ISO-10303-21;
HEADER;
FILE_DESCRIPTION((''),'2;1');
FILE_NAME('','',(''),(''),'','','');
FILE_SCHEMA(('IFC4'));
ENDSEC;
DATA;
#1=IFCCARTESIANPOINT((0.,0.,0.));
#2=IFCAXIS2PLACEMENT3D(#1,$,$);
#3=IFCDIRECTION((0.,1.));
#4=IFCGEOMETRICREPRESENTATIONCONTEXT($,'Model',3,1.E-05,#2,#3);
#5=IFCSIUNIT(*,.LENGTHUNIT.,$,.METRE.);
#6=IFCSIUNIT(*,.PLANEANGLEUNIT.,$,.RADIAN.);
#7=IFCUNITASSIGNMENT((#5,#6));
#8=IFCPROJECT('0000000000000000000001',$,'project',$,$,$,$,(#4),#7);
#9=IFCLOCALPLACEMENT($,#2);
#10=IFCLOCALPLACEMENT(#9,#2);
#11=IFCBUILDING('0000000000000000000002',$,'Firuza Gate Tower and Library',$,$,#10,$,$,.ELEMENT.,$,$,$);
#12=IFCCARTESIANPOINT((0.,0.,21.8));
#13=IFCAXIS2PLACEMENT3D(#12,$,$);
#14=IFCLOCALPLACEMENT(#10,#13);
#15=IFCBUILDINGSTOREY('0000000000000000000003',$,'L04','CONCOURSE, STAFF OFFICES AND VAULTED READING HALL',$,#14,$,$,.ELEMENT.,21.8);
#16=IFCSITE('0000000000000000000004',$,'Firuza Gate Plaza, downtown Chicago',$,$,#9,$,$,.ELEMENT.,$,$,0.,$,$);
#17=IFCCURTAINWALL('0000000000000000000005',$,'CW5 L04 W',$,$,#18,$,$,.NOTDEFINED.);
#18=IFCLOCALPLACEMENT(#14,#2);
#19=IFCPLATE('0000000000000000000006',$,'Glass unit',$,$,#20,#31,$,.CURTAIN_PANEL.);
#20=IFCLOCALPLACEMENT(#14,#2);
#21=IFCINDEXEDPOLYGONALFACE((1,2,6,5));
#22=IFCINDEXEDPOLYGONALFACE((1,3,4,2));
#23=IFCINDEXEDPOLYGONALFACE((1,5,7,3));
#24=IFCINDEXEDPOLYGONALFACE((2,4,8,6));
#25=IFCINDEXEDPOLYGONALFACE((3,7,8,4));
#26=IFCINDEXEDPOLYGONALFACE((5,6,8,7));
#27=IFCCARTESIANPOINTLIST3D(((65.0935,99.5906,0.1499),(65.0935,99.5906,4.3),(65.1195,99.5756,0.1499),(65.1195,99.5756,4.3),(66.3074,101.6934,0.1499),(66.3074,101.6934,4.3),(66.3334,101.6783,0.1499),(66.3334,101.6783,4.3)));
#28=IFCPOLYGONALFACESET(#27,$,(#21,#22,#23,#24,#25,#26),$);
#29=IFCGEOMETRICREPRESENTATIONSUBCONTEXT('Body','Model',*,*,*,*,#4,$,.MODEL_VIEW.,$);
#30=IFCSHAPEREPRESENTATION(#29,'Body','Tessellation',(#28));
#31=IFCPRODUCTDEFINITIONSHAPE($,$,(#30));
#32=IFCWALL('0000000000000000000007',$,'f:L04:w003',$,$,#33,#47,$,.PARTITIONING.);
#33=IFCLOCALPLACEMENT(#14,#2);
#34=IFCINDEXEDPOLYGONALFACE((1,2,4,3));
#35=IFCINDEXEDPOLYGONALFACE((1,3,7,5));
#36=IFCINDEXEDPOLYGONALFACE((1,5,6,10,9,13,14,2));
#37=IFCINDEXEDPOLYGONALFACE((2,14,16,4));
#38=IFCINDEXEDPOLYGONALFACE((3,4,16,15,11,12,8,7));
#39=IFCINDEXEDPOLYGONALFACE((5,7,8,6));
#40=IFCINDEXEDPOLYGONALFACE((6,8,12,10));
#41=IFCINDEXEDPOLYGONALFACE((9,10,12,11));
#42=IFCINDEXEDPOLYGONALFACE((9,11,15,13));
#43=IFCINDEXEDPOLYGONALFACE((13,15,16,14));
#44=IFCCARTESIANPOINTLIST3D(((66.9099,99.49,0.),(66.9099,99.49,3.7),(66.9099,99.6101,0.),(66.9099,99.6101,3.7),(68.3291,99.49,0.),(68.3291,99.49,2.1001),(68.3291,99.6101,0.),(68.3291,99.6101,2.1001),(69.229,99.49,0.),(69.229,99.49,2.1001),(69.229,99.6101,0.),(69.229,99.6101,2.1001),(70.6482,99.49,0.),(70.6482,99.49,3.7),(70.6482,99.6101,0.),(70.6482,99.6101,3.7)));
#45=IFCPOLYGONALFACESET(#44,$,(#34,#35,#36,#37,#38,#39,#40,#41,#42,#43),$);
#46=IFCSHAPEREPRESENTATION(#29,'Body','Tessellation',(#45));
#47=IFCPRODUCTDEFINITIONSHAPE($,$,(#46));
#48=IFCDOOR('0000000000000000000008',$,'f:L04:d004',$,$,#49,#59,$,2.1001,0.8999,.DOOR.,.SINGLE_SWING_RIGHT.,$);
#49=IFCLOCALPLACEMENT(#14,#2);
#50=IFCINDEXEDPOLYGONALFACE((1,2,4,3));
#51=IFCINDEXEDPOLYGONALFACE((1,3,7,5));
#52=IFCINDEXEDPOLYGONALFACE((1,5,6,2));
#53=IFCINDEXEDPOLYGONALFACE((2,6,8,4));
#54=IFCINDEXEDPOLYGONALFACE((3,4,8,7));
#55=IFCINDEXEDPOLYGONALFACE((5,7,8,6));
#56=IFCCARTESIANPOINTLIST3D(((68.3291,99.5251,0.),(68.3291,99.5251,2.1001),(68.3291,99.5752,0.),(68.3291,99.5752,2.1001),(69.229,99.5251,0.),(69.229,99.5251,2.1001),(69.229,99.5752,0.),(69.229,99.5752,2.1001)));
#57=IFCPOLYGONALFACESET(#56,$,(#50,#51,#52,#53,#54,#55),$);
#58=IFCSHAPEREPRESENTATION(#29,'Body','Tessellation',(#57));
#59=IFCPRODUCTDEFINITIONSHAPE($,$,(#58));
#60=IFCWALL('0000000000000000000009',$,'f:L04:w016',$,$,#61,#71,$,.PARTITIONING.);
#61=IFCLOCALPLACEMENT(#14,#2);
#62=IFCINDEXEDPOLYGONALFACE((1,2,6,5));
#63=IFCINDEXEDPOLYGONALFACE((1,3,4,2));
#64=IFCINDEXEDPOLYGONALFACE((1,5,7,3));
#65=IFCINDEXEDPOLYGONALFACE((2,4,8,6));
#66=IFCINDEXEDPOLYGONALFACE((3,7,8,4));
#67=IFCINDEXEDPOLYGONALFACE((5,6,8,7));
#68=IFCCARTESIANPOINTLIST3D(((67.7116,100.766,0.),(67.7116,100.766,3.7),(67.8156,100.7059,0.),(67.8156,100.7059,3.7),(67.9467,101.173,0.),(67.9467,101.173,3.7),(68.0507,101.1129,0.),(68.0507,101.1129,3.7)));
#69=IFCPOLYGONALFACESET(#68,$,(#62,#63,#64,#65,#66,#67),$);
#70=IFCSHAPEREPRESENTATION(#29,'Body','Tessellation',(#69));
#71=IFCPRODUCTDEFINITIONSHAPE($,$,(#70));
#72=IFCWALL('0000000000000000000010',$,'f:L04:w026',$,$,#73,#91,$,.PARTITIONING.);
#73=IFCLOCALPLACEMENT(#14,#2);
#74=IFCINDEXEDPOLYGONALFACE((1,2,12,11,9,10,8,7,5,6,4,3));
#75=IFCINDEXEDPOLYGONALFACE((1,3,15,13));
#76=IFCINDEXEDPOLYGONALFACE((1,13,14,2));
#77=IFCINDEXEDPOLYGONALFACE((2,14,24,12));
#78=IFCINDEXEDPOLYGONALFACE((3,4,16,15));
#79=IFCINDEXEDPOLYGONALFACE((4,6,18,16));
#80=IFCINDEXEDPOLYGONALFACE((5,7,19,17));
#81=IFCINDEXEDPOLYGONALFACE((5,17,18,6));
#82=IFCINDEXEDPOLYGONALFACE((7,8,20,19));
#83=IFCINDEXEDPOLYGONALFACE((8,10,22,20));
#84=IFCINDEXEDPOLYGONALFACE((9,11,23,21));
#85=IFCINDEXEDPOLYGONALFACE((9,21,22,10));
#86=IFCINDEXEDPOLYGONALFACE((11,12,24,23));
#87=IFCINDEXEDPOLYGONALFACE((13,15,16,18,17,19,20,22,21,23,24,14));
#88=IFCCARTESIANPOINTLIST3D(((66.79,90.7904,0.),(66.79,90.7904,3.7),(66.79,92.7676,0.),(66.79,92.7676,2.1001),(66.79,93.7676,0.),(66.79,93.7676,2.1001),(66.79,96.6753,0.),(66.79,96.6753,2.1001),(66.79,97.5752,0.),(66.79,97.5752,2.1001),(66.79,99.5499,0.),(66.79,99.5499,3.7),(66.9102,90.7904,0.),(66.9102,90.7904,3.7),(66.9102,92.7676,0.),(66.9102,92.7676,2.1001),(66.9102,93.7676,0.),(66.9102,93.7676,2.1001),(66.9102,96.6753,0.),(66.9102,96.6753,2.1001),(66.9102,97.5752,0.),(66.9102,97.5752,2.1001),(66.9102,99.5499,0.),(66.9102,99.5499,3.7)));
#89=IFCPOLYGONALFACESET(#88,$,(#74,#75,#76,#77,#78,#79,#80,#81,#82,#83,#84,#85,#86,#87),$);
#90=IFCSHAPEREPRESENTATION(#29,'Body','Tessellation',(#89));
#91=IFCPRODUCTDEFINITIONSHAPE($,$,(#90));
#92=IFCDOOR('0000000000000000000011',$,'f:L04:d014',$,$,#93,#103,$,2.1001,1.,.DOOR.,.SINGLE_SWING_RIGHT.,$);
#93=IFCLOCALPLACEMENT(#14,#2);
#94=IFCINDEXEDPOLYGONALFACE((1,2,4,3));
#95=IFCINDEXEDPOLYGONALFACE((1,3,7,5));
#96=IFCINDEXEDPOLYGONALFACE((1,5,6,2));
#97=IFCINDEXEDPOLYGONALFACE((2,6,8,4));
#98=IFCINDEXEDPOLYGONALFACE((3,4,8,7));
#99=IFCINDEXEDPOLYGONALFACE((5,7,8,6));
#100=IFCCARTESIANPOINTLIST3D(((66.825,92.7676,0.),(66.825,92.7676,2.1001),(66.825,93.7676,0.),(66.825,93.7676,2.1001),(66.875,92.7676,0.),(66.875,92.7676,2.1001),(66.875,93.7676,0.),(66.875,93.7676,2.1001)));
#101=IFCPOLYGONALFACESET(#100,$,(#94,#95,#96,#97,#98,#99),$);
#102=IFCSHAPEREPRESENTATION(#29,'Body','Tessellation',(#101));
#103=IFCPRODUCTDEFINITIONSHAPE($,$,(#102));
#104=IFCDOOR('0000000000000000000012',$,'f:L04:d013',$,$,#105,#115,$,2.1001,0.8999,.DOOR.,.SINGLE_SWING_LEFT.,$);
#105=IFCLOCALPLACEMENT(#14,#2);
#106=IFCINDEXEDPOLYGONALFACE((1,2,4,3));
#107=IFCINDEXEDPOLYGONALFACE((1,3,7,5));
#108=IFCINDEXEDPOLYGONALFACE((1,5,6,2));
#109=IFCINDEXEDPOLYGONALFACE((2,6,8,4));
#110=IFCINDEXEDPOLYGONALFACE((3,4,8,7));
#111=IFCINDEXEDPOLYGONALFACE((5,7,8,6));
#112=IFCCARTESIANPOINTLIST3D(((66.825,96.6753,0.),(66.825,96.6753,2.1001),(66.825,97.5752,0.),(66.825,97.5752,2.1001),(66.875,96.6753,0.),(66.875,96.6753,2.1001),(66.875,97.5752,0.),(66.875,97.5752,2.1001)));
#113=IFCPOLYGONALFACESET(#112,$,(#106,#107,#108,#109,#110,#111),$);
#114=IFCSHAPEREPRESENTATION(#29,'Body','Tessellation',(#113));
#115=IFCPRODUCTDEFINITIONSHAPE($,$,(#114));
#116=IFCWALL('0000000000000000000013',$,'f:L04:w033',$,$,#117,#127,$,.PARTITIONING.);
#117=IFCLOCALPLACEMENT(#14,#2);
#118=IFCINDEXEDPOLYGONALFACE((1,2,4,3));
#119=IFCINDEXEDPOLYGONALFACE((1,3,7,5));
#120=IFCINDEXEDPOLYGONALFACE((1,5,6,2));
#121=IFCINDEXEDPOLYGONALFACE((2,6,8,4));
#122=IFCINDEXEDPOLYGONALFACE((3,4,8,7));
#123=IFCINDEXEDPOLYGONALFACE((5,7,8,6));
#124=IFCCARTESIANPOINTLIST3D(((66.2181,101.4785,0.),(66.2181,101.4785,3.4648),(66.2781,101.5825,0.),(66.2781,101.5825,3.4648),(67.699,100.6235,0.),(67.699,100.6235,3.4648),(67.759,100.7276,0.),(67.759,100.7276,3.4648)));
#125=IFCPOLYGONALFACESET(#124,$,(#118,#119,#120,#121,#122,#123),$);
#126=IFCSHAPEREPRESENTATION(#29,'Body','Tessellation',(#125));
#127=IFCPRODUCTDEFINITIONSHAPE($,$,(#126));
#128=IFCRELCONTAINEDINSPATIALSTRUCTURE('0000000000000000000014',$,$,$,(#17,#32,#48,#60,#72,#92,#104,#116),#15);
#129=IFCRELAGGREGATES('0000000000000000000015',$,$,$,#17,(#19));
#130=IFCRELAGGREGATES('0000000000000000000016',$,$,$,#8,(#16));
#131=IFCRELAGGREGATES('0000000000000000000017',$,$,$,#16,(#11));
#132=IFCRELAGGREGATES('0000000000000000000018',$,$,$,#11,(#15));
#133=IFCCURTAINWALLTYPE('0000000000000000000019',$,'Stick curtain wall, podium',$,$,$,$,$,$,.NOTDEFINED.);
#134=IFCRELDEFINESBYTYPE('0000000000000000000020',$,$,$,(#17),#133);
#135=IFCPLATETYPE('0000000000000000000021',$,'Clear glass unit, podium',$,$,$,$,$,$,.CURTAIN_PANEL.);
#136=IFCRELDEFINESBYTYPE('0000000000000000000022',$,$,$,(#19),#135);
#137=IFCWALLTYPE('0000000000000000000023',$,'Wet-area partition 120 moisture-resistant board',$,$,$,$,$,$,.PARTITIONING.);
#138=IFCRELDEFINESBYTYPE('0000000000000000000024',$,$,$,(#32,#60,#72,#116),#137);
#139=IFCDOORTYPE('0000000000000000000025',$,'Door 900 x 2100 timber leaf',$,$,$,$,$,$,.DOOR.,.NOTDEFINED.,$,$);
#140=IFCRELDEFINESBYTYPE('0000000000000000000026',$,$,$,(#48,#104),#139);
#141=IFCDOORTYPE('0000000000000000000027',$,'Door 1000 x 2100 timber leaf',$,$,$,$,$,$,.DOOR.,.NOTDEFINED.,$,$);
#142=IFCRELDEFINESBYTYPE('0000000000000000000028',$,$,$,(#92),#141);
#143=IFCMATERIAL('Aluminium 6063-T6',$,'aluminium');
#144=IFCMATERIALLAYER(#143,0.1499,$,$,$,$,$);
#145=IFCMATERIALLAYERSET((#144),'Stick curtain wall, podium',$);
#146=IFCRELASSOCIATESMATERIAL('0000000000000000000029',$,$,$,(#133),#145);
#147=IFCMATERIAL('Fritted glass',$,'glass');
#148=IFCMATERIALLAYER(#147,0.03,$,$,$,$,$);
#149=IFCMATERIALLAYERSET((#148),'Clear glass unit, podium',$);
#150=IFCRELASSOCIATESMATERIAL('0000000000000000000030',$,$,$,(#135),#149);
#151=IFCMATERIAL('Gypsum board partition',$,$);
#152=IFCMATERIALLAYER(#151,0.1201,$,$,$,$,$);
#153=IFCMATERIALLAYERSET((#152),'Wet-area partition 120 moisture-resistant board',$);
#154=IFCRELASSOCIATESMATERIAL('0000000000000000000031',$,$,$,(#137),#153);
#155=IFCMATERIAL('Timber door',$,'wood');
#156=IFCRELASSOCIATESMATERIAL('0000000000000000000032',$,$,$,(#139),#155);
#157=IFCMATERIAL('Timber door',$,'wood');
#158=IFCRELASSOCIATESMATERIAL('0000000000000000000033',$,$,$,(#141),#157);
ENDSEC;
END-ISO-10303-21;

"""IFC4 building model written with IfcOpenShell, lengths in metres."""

from ifc_helpers import new_model, si_unit, direction, frame, frame_2d, origin, place, context, subcontext, project, spatial, polyline, rectangle, outline, extrude, material, layer, layer_set, type_object, element, fill, aggregate, save


model = new_model("IFC4")

# Units and contexts
model_context = context("Model", 3, precision=1e-05, world=origin(), true_north=direction((0.0, 1.0)))
body_context = subcontext(model_context, "Body", "Model", "MODEL_VIEW")
ifc_project = project(units=[si_unit("LENGTHUNIT", "METRE"), si_unit("PLANEANGLEUNIT", "RADIAN")], contexts=[model_context])

# Site, building, storey
site_placement = place(None, origin())
site = spatial("IfcSite", under=ifc_project, at=site_placement, Name="Firuza Gate Plaza, downtown Chicago", CompositionType="ELEMENT", RefElevation=0.0)
building_placement = place(site_placement, origin())
building = spatial("IfcBuilding", under=site, at=building_placement, Name="Firuza Gate Tower and Library", CompositionType="ELEMENT")
storey_placement = place(building_placement, frame((0.0, 0.0, 21.8)))
storey = spatial("IfcBuildingStorey", under=building, at=storey_placement, Name="L04", Description="CONCOURSE, STAFF OFFICES AND VAULTED READING HALL", CompositionType="ELEMENT", Elevation=21.8)

# Curtain wall
ifc_material_1 = material(Name="Aluminium 6063-T6", Category="aluminium")
ifc_layer_1 = layer(ifc_material_1, 0.1499)
ifc_layer_set_1 = layer_set([ifc_layer_1], Name="Stick curtain wall, podium")
curtain_wall_type = type_object("IfcCurtainWallType", Name="Stick curtain wall, podium", PredefinedType="NOTDEFINED", material=ifc_layer_set_1)
curtain_wall_placement = place(storey_placement, origin())
curtain_wall = element("IfcCurtainWall", 1, at=curtain_wall_placement, inside=storey, type_object=curtain_wall_type, Name="CW5 L04 W", PredefinedType="NOTDEFINED")

# Plate
ifc_material_2 = material(Name="Fritted glass", Category="glass")
ifc_layer_2 = layer(ifc_material_2, 0.03)
ifc_layer_set_2 = layer_set([ifc_layer_2], Name="Clear glass unit, podium")
plate_type = type_object("IfcPlateType", Name="Clear glass unit, podium", PredefinedType="CURTAIN_PANEL", material=ifc_layer_set_2)
plate_1_placement = place(storey_placement, frame((66.3074, 101.6934, 0.1499), z_axis=(-0.866057, 0.499946, 0.0), x_axis=(-0.499946, -0.866057, 0.0)))
plate_1 = element("IfcPlate", 2, at=plate_1_placement, type_object=plate_type, Name="Glass unit", PredefinedType="CURTAIN_PANEL", context=body_context, shape_type="SweptSolid", body=[
    extrude(outline(polyline([(0.0, 0.0), (2.428, 0.0), (2.428, 4.1501), (0.0, 4.1501), (0.0, 0.0)])), origin(), (0.0, 0.0, -1.0), 0.03),
])
aggregate(curtain_wall, [plate_1])

# Wall, opening, door
ifc_material_3 = material(Name="Gypsum board partition")
ifc_layer_3 = layer(ifc_material_3, 0.1201)
ifc_layer_set_3 = layer_set([ifc_layer_3], Name="Wet-area partition 120 moisture-resistant board")
wall_type = type_object("IfcWallType", Name="Wet-area partition 120 moisture-resistant board", PredefinedType="PARTITIONING", material=ifc_layer_set_3)
wall_1_placement = place(storey_placement, frame((70.6482, 99.55, 0.0), z_axis=(0.0, 0.0, 1.0), x_axis=(-1.0, 0.0, 0.0)))
wall_1 = element("IfcWall", 3, at=wall_1_placement, inside=storey, type_object=wall_type, Name="f:L04:w003", PredefinedType="PARTITIONING", context=body_context, shape_type="SweptSolid", body=[
    extrude(rectangle(XDim=3.7383, YDim=0.1201, at=frame_2d((1.8691, 0.0))), origin(), (0.0, 0.0, 1.0), 3.7),
])
opening_1_placement = place(wall_1_placement, frame((1.4192, 0.0, 0.0)))
opening_1 = element("IfcOpeningElement", 4, at=opening_1_placement, cuts=wall_1, PredefinedType="OPENING", context=body_context, shape_type="SweptSolid", body=[
    extrude(rectangle(XDim=0.8999, YDim=2.1001, at=frame_2d((0.45, 1.05))), frame((0.0, 0.0701, 0.0), z_axis=(0.0, -1.0, 0.0), x_axis=(1.0, 0.0, 0.0)), (0.0, 0.0, 1.0), 0.1401),
])
ifc_material_4 = material(Name="Timber door", Category="wood")
door_type_1 = type_object("IfcDoorType", Name="Door 900 x 2100 timber leaf", OperationType="NOTDEFINED", PredefinedType="DOOR", material=ifc_material_4)
door_1_placement = place(opening_1_placement, origin())
door_1 = element("IfcDoor", 5, at=door_1_placement, inside=storey, type_object=door_type_1, Name="f:L04:d004", OperationType="SINGLE_SWING_RIGHT", OverallHeight=2.1001, OverallWidth=0.8999, PredefinedType="DOOR", context=body_context, shape_type="SweptSolid", body=[
    extrude(rectangle(XDim=0.8999, YDim=2.1001, at=frame_2d((0.45, 1.05))), frame((0.0, 0.0249, 0.0), z_axis=(0.0, -1.0, 0.0), x_axis=(1.0, 0.0, 0.0)), (0.0, 0.0, 1.0), 0.05),
])
fill(opening_1, door_1)

# Wall
wall_2_placement = place(storey_placement, frame((67.7637, 100.7361, 0.0), z_axis=(0.0, 0.0, 1.0), x_axis=(0.500217, 0.8659, 0.0)))
element("IfcWall", 6, at=wall_2_placement, inside=storey, type_object=wall_type, Name="f:L04:w016", PredefinedType="PARTITIONING", context=body_context, shape_type="SweptSolid", body=[
    extrude(rectangle(XDim=0.47, YDim=0.1201, at=frame_2d((0.2349, 0.0))), origin(), (0.0, 0.0, 1.0), 3.7),
])

# Wall, openings, doors
wall_3_placement = place(storey_placement, frame((66.8501, 99.55, 0.0), z_axis=(0.0, 0.0, 1.0), x_axis=(0.0, -1.0, 0.0)))
wall_3 = element("IfcWall", 7, at=wall_3_placement, inside=storey, type_object=wall_type, Name="f:L04:w026", PredefinedType="PARTITIONING", context=body_context, shape_type="SweptSolid", body=[
    extrude(rectangle(XDim=8.7595, YDim=0.1201, at=frame_2d((4.3799, 0.0))), origin(), (0.0, 0.0, 1.0), 3.7),
])
opening_2_placement = place(wall_3_placement, frame((1.9749, 0.0, 0.0)))
opening_2 = element("IfcOpeningElement", 8, at=opening_2_placement, cuts=wall_3, PredefinedType="OPENING", context=body_context, shape_type="SweptSolid", body=[
    extrude(rectangle(XDim=0.8999, YDim=2.1001, at=frame_2d((0.45, 1.05))), frame((0.0, 0.0701, 0.0), z_axis=(0.0, -1.0, 0.0), x_axis=(1.0, 0.0, 0.0)), (0.0, 0.0, 1.0), 0.1401),
])
opening_3_placement = place(wall_3_placement, frame((5.7825, 0.0, 0.0)))
opening_3 = element("IfcOpeningElement", 9, at=opening_3_placement, cuts=wall_3, PredefinedType="OPENING", context=body_context, shape_type="SweptSolid", body=[
    extrude(rectangle(XDim=1.0, YDim=2.1001, at=frame_2d((0.5, 1.05))), frame((0.0, 0.0701, 0.0), z_axis=(0.0, -1.0, 0.0), x_axis=(1.0, 0.0, 0.0)), (0.0, 0.0, 1.0), 0.1401),
])
ifc_material_5 = material(Name="Timber door", Category="wood")
door_type_2 = type_object("IfcDoorType", Name="Door 1000 x 2100 timber leaf", OperationType="NOTDEFINED", PredefinedType="DOOR", material=ifc_material_5)
door_2_placement = place(opening_3_placement, origin())
door_2 = element("IfcDoor", 10, at=door_2_placement, inside=storey, type_object=door_type_2, Name="f:L04:d014", OperationType="SINGLE_SWING_RIGHT", OverallHeight=2.1001, OverallWidth=1.0, PredefinedType="DOOR", context=body_context, shape_type="SweptSolid", body=[
    extrude(rectangle(XDim=1.0, YDim=2.1001, at=frame_2d((0.5, 1.05))), frame((0.0, 0.0249, 0.0), z_axis=(0.0, -1.0, 0.0), x_axis=(1.0, 0.0, 0.0)), (0.0, 0.0, 1.0), 0.05),
])
fill(opening_3, door_2)
door_3_placement = place(opening_2_placement, origin())
door_3 = element("IfcDoor", 11, at=door_3_placement, inside=storey, type_object=door_type_1, Name="f:L04:d013", OperationType="SINGLE_SWING_LEFT", OverallHeight=2.1001, OverallWidth=0.8999, PredefinedType="DOOR", context=body_context, shape_type="SweptSolid", body=[
    extrude(rectangle(XDim=0.8999, YDim=2.1001, at=frame_2d((0.45, 1.05))), frame((0.0, 0.0249, 0.0), z_axis=(0.0, -1.0, 0.0), x_axis=(1.0, 0.0, 0.0)), (0.0, 0.0, 1.0), 0.05),
])
fill(opening_2, door_3)

# Wall
wall_4_placement = place(storey_placement, frame((67.729, 100.6755, 0.0), z_axis=(0.0, 0.0, 1.0), x_axis=(-0.866038, 0.499978, 0.0)))
element("IfcWall", 12, at=wall_4_placement, inside=storey, type_object=wall_type, Name="f:L04:w033", PredefinedType="PARTITIONING", context=body_context, shape_type="SweptSolid", body=[
    extrude(rectangle(XDim=1.71, YDim=0.1201, at=frame_2d((0.855, 0.0))), origin(), (0.0, 0.0, 1.0), 3.4648),
])

save(model, "model.ifc")
